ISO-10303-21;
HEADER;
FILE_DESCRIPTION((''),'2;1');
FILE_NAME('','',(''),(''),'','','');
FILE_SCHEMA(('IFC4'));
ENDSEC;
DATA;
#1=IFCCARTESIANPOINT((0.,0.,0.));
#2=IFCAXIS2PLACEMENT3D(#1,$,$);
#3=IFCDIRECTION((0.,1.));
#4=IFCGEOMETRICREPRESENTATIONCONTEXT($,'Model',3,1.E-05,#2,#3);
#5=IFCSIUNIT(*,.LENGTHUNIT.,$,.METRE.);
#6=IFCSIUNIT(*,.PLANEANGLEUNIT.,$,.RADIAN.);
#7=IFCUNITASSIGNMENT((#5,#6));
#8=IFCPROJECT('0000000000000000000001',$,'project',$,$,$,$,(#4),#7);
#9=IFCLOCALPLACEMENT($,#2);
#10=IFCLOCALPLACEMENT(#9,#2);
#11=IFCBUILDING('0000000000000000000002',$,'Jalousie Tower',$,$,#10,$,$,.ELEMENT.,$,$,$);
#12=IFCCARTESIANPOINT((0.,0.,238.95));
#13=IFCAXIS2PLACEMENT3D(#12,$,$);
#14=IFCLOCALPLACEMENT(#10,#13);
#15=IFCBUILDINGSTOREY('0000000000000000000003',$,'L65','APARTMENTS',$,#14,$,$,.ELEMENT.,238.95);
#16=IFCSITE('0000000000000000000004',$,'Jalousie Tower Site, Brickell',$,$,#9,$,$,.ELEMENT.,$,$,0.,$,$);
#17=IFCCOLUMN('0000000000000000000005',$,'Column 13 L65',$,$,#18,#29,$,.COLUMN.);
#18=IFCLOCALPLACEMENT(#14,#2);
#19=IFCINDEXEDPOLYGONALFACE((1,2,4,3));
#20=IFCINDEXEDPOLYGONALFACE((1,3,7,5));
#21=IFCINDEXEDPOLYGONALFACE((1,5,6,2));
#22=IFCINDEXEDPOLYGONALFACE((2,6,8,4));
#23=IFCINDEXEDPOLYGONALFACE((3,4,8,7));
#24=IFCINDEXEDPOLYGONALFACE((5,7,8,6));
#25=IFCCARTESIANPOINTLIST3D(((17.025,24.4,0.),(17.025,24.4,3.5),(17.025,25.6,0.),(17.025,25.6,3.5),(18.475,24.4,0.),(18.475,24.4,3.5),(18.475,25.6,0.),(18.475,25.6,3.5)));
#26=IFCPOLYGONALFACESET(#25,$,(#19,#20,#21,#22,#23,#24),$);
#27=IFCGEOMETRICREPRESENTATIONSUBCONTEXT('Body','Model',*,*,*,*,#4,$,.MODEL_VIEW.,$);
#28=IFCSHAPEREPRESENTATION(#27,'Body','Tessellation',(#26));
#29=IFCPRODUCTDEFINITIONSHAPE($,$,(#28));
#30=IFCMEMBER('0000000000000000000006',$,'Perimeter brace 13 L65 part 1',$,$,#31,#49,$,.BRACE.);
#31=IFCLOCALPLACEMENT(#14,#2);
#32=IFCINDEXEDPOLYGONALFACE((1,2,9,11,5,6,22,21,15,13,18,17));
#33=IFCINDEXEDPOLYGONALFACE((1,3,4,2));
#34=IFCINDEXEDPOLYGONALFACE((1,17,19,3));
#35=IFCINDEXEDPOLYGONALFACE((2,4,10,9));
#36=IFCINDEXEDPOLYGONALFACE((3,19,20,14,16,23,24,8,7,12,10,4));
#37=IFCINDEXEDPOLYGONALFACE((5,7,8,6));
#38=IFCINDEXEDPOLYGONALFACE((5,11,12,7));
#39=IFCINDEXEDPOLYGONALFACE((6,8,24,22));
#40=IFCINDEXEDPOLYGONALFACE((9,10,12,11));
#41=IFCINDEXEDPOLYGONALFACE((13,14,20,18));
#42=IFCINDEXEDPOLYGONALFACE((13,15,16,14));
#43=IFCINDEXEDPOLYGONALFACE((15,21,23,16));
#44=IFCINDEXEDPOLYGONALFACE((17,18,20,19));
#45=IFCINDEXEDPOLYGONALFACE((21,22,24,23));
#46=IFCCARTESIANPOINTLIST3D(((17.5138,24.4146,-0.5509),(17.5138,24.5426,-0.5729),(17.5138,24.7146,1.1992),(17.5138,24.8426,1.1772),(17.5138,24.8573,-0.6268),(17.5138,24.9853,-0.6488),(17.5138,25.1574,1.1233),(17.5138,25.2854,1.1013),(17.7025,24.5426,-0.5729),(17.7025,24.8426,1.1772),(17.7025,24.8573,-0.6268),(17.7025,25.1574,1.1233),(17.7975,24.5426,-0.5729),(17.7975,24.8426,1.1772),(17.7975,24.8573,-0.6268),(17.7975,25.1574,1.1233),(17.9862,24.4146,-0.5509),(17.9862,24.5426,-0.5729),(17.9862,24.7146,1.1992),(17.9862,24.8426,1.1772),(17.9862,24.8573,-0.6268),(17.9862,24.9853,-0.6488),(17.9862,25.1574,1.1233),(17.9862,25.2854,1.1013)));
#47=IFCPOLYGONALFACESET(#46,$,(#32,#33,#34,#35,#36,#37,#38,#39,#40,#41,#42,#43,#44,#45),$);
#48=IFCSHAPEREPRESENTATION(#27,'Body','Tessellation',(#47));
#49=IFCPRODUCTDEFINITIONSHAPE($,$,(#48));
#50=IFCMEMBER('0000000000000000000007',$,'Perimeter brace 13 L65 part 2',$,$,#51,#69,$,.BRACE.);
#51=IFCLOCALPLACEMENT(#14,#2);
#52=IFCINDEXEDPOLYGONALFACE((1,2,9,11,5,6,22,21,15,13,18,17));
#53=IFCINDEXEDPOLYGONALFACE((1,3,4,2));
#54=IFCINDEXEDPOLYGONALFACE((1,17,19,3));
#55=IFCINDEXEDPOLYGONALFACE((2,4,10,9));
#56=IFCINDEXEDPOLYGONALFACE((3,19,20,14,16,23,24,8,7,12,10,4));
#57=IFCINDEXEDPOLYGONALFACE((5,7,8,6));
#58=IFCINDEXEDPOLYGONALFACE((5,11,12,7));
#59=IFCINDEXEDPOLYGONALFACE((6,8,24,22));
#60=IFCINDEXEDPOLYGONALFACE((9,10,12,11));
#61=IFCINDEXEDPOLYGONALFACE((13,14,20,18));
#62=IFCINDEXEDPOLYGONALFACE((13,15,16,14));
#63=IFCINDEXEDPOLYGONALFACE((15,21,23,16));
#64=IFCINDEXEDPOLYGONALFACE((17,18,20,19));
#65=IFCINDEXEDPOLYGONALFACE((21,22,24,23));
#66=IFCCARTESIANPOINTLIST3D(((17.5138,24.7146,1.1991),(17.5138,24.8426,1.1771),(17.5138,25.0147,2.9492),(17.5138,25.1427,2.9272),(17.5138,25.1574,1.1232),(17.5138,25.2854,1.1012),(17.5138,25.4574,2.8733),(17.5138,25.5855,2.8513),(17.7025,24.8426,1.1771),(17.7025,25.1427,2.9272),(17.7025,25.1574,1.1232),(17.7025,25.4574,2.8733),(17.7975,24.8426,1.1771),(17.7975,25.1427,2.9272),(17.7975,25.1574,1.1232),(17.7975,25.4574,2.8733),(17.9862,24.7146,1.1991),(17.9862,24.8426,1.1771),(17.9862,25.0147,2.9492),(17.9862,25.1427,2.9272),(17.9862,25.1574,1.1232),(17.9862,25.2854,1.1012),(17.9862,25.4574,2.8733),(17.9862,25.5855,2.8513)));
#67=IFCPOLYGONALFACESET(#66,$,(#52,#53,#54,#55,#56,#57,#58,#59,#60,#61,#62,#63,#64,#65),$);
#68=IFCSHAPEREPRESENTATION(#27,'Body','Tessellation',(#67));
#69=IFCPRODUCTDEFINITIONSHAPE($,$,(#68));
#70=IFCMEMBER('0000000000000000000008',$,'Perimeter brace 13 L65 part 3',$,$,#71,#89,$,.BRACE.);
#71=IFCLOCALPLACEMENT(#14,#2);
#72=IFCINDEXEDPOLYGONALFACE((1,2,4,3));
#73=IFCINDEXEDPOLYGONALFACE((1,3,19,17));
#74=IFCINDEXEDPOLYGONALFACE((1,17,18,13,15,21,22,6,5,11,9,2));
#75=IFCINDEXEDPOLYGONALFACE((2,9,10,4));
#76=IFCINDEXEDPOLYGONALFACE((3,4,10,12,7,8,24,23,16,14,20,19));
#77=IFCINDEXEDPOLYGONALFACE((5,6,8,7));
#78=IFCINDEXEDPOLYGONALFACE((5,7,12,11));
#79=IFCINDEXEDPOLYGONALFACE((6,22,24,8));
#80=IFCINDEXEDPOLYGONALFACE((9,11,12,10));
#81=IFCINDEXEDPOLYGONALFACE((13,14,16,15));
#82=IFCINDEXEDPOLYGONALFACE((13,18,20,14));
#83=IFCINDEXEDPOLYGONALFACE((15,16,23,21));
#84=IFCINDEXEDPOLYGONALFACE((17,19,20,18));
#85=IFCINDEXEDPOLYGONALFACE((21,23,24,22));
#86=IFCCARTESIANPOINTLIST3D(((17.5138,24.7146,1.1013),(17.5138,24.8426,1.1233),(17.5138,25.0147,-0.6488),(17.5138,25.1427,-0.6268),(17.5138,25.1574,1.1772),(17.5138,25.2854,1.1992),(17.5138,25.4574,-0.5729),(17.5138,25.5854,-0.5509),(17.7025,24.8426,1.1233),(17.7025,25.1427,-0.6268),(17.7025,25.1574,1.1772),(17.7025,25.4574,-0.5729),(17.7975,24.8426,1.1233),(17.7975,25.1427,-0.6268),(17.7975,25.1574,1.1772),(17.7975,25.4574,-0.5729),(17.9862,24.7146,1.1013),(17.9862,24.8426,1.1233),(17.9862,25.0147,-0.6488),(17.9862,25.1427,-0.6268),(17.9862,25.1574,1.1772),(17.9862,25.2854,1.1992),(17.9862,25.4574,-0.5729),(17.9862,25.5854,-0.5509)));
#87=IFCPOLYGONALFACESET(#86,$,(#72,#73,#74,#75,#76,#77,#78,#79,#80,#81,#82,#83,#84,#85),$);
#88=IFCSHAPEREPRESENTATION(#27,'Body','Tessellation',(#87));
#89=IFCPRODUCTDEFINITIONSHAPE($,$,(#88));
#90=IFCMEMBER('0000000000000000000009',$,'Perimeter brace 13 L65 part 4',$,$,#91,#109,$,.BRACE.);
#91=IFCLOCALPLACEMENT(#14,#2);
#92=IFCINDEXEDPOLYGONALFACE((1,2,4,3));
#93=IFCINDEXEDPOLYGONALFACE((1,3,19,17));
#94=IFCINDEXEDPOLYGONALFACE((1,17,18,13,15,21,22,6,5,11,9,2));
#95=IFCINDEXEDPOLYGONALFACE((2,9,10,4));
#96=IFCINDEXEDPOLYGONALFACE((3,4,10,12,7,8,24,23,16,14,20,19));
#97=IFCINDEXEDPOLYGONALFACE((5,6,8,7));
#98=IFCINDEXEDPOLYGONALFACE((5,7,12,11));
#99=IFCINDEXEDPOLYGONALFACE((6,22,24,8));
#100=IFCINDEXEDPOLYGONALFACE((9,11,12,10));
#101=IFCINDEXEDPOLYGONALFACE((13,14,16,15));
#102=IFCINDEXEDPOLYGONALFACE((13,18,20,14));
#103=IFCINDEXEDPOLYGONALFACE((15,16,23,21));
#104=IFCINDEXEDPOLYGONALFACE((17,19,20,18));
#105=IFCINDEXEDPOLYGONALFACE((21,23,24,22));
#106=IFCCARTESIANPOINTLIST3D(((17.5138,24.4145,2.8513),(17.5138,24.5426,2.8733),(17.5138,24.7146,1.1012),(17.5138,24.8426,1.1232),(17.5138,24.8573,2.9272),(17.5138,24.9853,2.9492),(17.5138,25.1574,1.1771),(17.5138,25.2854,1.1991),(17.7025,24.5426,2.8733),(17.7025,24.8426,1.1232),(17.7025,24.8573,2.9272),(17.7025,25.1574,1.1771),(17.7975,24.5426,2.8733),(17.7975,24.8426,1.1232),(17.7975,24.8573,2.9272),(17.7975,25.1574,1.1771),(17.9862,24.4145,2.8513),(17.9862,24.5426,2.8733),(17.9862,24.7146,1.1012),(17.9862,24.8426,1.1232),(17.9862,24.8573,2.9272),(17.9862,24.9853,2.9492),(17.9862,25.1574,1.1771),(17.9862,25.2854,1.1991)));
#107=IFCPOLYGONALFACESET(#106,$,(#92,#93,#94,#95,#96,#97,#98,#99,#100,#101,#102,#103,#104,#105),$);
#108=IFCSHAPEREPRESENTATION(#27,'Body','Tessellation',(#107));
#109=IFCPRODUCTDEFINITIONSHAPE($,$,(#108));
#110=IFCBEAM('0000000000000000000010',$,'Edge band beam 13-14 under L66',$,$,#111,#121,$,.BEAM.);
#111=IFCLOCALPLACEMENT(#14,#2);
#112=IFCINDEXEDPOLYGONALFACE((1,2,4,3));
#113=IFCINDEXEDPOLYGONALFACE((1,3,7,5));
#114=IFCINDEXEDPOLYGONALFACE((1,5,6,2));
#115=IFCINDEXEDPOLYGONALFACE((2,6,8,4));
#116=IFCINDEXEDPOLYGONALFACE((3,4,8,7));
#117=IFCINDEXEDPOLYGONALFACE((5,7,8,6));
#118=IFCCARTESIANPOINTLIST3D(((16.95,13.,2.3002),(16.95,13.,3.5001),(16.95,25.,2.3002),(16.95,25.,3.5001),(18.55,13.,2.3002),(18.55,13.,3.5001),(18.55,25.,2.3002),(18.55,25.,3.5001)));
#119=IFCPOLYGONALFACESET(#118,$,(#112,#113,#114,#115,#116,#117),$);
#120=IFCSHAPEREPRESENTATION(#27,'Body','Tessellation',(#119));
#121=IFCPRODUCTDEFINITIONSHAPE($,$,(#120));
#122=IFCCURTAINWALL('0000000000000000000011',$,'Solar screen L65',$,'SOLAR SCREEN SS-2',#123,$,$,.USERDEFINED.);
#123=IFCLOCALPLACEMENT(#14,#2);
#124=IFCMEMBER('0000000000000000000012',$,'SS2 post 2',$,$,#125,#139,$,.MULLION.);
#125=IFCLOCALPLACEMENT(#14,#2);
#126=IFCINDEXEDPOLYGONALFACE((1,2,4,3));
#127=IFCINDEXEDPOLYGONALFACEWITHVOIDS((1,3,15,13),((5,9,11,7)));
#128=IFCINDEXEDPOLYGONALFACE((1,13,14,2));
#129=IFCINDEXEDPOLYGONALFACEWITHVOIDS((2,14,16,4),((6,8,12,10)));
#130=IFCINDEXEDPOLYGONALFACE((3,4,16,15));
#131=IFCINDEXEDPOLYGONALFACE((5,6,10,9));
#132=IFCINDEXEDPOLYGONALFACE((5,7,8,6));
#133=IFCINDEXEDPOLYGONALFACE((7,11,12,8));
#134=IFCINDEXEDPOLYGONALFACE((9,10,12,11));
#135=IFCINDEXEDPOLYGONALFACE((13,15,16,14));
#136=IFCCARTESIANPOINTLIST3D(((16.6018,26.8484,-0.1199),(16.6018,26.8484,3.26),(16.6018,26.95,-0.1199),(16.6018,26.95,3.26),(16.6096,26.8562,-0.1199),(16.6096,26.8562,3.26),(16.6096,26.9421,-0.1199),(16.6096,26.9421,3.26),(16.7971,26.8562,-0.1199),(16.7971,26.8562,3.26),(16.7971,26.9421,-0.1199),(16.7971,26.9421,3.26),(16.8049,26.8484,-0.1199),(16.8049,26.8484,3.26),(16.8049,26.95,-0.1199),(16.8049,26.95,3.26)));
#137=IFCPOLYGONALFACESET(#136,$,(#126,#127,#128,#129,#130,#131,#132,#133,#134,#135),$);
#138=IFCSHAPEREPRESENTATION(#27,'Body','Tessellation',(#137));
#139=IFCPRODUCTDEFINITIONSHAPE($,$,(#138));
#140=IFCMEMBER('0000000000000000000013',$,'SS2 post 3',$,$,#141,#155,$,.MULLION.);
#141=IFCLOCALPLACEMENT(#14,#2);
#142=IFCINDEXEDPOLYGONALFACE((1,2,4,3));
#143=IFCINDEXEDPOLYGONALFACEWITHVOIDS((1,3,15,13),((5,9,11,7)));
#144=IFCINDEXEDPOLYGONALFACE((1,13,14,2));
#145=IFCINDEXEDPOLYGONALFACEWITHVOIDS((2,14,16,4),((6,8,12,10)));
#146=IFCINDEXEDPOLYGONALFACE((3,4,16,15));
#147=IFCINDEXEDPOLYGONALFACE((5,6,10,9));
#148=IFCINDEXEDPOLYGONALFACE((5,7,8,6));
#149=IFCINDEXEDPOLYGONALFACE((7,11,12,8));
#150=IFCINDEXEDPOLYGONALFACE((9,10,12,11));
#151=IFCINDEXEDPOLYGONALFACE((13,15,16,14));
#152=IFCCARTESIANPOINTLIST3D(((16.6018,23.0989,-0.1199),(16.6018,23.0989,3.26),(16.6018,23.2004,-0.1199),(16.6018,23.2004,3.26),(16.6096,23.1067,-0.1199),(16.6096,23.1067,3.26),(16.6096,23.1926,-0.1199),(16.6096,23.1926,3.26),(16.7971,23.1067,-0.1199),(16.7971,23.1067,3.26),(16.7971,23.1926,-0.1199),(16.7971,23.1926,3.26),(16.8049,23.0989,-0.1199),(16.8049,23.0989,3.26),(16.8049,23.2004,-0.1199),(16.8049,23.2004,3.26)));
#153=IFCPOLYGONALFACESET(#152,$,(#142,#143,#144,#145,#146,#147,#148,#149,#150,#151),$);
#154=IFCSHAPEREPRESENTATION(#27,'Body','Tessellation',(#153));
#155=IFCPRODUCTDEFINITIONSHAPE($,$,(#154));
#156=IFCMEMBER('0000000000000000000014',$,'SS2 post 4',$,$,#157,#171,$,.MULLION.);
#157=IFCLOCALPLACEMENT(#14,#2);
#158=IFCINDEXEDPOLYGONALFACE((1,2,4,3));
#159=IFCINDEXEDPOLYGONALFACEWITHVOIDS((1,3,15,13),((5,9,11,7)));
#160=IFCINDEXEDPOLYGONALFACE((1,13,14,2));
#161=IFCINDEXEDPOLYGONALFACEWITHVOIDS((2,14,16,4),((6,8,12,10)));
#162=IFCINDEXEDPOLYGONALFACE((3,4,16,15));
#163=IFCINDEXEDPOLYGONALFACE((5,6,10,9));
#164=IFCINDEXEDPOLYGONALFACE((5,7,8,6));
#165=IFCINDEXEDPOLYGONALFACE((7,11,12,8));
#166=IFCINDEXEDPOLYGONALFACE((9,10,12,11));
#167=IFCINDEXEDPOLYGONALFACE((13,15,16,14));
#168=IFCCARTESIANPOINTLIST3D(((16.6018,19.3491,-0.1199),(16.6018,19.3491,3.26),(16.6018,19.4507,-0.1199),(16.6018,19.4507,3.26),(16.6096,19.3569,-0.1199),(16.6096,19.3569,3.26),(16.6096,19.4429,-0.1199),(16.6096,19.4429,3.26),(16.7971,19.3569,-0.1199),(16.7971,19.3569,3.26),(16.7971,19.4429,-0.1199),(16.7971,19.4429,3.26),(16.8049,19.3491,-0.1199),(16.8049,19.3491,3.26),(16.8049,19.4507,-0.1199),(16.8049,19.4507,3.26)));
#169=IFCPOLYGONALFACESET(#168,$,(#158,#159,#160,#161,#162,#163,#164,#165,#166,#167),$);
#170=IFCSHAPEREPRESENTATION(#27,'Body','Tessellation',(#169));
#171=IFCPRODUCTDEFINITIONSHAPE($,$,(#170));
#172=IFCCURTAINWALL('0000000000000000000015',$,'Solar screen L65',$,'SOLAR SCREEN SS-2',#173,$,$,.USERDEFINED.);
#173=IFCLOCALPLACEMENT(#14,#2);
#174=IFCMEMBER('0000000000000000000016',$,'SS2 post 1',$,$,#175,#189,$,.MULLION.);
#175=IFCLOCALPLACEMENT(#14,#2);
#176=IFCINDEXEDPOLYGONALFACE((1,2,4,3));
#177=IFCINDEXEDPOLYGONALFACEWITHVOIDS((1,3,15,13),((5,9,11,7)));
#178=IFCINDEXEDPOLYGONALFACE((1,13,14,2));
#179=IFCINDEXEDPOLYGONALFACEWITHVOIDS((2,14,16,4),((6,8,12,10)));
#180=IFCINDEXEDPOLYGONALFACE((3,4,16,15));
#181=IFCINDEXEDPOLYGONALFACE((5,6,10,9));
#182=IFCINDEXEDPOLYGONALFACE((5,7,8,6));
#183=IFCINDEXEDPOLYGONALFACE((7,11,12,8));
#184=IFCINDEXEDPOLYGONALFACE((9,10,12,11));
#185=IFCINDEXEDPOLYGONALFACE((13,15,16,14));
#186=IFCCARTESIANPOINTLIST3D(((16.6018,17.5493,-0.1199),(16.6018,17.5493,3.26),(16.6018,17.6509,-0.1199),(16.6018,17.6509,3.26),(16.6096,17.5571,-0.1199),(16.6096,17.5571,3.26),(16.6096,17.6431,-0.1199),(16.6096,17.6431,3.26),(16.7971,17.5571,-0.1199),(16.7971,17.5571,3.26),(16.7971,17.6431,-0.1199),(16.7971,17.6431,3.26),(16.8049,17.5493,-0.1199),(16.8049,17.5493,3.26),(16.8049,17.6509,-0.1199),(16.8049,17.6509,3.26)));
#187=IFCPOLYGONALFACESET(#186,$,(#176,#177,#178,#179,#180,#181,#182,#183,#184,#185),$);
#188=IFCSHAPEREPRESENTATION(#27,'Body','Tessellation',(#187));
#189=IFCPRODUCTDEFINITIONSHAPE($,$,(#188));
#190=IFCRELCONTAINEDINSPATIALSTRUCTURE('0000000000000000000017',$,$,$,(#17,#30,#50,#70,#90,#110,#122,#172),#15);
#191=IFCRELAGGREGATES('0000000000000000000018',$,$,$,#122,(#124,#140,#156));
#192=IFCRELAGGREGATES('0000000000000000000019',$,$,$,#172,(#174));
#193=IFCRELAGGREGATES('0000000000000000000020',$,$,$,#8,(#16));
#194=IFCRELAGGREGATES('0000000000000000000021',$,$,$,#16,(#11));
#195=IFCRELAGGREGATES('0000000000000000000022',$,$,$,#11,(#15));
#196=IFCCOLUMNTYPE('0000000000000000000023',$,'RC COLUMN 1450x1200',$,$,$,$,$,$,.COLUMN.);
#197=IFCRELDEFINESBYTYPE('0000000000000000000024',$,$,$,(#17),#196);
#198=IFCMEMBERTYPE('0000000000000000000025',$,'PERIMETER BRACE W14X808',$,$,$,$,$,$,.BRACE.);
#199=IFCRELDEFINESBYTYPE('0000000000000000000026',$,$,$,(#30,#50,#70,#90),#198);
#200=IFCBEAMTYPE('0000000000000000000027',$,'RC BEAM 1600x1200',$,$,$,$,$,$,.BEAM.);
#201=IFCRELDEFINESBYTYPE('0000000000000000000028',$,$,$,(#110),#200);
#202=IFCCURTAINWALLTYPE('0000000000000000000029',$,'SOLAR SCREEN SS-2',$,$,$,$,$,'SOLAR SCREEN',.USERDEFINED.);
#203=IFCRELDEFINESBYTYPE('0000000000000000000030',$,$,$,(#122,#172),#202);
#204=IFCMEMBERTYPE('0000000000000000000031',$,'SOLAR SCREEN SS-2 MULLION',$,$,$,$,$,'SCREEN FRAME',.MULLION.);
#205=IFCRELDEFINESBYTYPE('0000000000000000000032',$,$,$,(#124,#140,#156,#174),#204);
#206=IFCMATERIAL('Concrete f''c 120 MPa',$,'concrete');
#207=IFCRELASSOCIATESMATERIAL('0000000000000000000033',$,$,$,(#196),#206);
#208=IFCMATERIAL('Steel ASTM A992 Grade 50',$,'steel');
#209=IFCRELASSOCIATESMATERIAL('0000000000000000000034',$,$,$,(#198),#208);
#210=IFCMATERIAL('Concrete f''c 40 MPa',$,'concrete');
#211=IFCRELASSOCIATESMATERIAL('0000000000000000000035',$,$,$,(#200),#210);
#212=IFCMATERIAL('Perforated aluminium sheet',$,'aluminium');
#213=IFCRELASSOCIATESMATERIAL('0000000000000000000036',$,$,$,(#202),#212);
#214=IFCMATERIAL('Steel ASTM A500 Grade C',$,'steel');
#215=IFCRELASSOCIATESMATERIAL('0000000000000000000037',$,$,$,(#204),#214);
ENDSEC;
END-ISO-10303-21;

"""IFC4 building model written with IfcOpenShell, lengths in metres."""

from ifc_helpers import new_model, si_unit, direction, frame, origin, origin_2d, place, context, subcontext, project, spatial, rectangle, hollow_rectangle, i_section, extrude, material, material_profile, profile_set, type_object, element, aggregate, save


model = new_model("IFC4")

# Units and contexts
model_context = context("Model", 3, precision=1e-05, world=origin(), true_north=direction((0.0, 1.0)))
body_context = subcontext(model_context, "Body", "Model", "MODEL_VIEW")
ifc_project = project(units=[si_unit("LENGTHUNIT", "METRE"), si_unit("PLANEANGLEUNIT", "RADIAN")], contexts=[model_context])

# Site, building, storey
site_placement = place(None, origin())
site = spatial("IfcSite", under=ifc_project, at=site_placement, Name="Jalousie Tower Site, Brickell", CompositionType="ELEMENT", RefElevation=0.0)
building_placement = place(site_placement, origin())
building = spatial("IfcBuilding", under=site, at=building_placement, Name="Jalousie Tower", CompositionType="ELEMENT")
storey_placement = place(building_placement, frame((0.0, 0.0, 238.95)))
storey = spatial("IfcBuildingStorey", under=building, at=storey_placement, Name="L65", Description="APARTMENTS", CompositionType="ELEMENT", Elevation=238.95)

# Column
ifc_material_1 = material(Name="Concrete f'c 120 MPa", Category="concrete")
ifc_material_profile_1 = material_profile(ifc_material_1, rectangle(XDim=1.45, YDim=1.2, at=origin_2d()), Name="RC 1450x1200")
ifc_profile_set_1 = profile_set([ifc_material_profile_1], Name="Concrete f'c 120 MPa")
column_type = type_object("IfcColumnType", Name="RC COLUMN 1450x1200", PredefinedType="COLUMN", material=ifc_profile_set_1)
column_placement = place(storey_placement, frame((17.75, 25.0, 0.0), z_axis=(0.0, 0.0, 1.0), x_axis=(1.0, 0.0, 0.0)))
element("IfcColumn", 1, at=column_placement, inside=storey, type_object=column_type, Name="Column 13 L65", PredefinedType="COLUMN", context=body_context, shape_type="SweptSolid", body=[
    extrude(rectangle(XDim=1.45, YDim=1.2, at=origin_2d()), origin(), (0.0, 0.0, 1.0), 3.5),
])

# Members
ifc_material_2 = material(Name="Steel ASTM A992 Grade 50", Category="steel")
ifc_material_profile_2 = material_profile(ifc_material_2, i_section(OverallWidth=0.4724, OverallDepth=0.5791, WebThickness=0.095, FlangeThickness=0.1299, at=origin_2d()), Name="W14X808")
ifc_profile_set_2 = profile_set([ifc_material_profile_2], Name="Steel ASTM A992 Grade 50")
member_type_1 = type_object("IfcMemberType", Name="PERIMETER BRACE W14X808", PredefinedType="BRACE", material=ifc_profile_set_2)
for number, where, z_axis, x_axis, name in (
    (2, (17.75, 24.7, -0.5999), (0.0, 0.168991, 0.985618), (-1.0, 0.0, 0.0), "Perimeter brace 13 L65 part 1"),
    (3, (17.75, 25.0, 1.1501), (0.0, 0.168991, 0.985618), (-1.0, 0.0, 0.0), "Perimeter brace 13 L65 part 2"),
    (4, (17.75, 25.3, -0.5999), (0.0, -0.168991, 0.985618), (1.0, 0.0, 0.0), "Perimeter brace 13 L65 part 3"),
    (5, (17.75, 25.0, 1.1501), (0.0, -0.168991, 0.985618), (1.0, 0.0, 0.0), "Perimeter brace 13 L65 part 4"),
):
    element("IfcMember", number, at=place(storey_placement, frame(where, z_axis=z_axis, x_axis=x_axis)), inside=storey, type_object=member_type_1, Name=name, PredefinedType="BRACE", context=body_context, shape_type="SweptSolid", body=[
        extrude(i_section(OverallWidth=0.4724, OverallDepth=0.5791, WebThickness=0.095, FlangeThickness=0.1299, at=origin_2d()), origin(), (0.0, 0.0, 1.0), 1.7756),
    ])

# Beam
ifc_material_3 = material(Name="Concrete f'c 40 MPa", Category="concrete")
ifc_material_profile_3 = material_profile(ifc_material_3, rectangle(XDim=1.6001, YDim=1.2, at=origin_2d()), Name="RC 1600x1200")
ifc_profile_set_3 = profile_set([ifc_material_profile_3], Name="Concrete f'c 40 MPa")
beam_type = type_object("IfcBeamType", Name="RC BEAM 1600x1200", PredefinedType="BEAM", material=ifc_profile_set_3)
beam_placement = place(storey_placement, frame((17.75, 25.0, 2.9001), z_axis=(0.0, -1.0, 0.0), x_axis=(1.0, 0.0, 0.0)))
element("IfcBeam", 6, at=beam_placement, inside=storey, type_object=beam_type, Name="Edge band beam 13-14 under L66", PredefinedType="BEAM", context=body_context, shape_type="SweptSolid", body=[
    extrude(rectangle(XDim=1.6001, YDim=1.2, at=origin_2d()), origin(), (0.0, 0.0, 1.0), 12.0),
])

# Curtain walls, members
ifc_material_4 = material(Name="Perforated aluminium sheet", Category="aluminium")
curtain_wall_type = type_object("IfcCurtainWallType", Name="SOLAR SCREEN SS-2", ElementType="SOLAR SCREEN", PredefinedType="USERDEFINED", material=ifc_material_4)
curtain_wall_1_placement = place(storey_placement, origin())
curtain_wall_1 = element("IfcCurtainWall", 7, at=curtain_wall_1_placement, inside=storey, type_object=curtain_wall_type, Name="Solar screen L65", ObjectType="SOLAR SCREEN SS-2", PredefinedType="USERDEFINED")
ifc_material_5 = material(Name="Steel ASTM A500 Grade C", Category="steel")
ifc_material_profile_4 = material_profile(ifc_material_5, hollow_rectangle(XDim=0.1016, YDim=0.2031, WallThickness=0.0078, at=origin_2d()), Name="HSS8X4X5/16")
ifc_profile_set_4 = profile_set([ifc_material_profile_4], Name="Steel ASTM A500 Grade C")
member_type_2 = type_object("IfcMemberType", Name="SOLAR SCREEN SS-2 MULLION", ElementType="SCREEN FRAME", PredefinedType="MULLION", material=ifc_profile_set_4)
member_1_placement = place(storey_placement, frame((16.7034, 26.8992, -0.1199), z_axis=(0.0, 0.0, 1.0), x_axis=(0.0, -1.0, 0.0)))
member_1 = element("IfcMember", 8, at=member_1_placement, type_object=member_type_2, Name="SS2 post 2", PredefinedType="MULLION", context=body_context, shape_type="SweptSolid", body=[
    extrude(hollow_rectangle(XDim=0.1016, YDim=0.2031, WallThickness=0.0078, at=origin_2d()), origin(), (0.0, 0.0, 1.0), 3.3799),
])
member_2_placement = place(storey_placement, frame((16.7034, 23.1497, -0.1199), z_axis=(0.0, 0.0, 1.0), x_axis=(0.0, -1.0, 0.0)))
member_2 = element("IfcMember", 9, at=member_2_placement, type_object=member_type_2, Name="SS2 post 3", PredefinedType="MULLION", context=body_context, shape_type="SweptSolid", body=[
    extrude(hollow_rectangle(XDim=0.1016, YDim=0.2031, WallThickness=0.0078, at=origin_2d()), origin(), (0.0, 0.0, 1.0), 3.3799),
])
member_3_placement = place(storey_placement, frame((16.7034, 19.3999, -0.1199), z_axis=(0.0, 0.0, 1.0), x_axis=(0.0, -1.0, 0.0)))
member_3 = element("IfcMember", 10, at=member_3_placement, type_object=member_type_2, Name="SS2 post 4", PredefinedType="MULLION", context=body_context, shape_type="SweptSolid", body=[
    extrude(hollow_rectangle(XDim=0.1016, YDim=0.2031, WallThickness=0.0078, at=origin_2d()), origin(), (0.0, 0.0, 1.0), 3.3799),
])
curtain_wall_2_placement = place(storey_placement, origin())
curtain_wall_2 = element("IfcCurtainWall", 11, at=curtain_wall_2_placement, inside=storey, type_object=curtain_wall_type, Name="Solar screen L65", ObjectType="SOLAR SCREEN SS-2", PredefinedType="USERDEFINED")
member_4_placement = place(storey_placement, frame((16.7034, 17.6001, -0.1199), z_axis=(0.0, 0.0, 1.0), x_axis=(0.0, -1.0, 0.0)))
member_4 = element("IfcMember", 12, at=member_4_placement, type_object=member_type_2, Name="SS2 post 1", PredefinedType="MULLION", context=body_context, shape_type="SweptSolid", body=[
    extrude(hollow_rectangle(XDim=0.1016, YDim=0.2031, WallThickness=0.0078, at=origin_2d()), origin(), (0.0, 0.0, 1.0), 3.3799),
])

aggregate(curtain_wall_1, [member_1, member_2, member_3])
aggregate(curtain_wall_2, [member_4])

save(model, "model.ifc")
